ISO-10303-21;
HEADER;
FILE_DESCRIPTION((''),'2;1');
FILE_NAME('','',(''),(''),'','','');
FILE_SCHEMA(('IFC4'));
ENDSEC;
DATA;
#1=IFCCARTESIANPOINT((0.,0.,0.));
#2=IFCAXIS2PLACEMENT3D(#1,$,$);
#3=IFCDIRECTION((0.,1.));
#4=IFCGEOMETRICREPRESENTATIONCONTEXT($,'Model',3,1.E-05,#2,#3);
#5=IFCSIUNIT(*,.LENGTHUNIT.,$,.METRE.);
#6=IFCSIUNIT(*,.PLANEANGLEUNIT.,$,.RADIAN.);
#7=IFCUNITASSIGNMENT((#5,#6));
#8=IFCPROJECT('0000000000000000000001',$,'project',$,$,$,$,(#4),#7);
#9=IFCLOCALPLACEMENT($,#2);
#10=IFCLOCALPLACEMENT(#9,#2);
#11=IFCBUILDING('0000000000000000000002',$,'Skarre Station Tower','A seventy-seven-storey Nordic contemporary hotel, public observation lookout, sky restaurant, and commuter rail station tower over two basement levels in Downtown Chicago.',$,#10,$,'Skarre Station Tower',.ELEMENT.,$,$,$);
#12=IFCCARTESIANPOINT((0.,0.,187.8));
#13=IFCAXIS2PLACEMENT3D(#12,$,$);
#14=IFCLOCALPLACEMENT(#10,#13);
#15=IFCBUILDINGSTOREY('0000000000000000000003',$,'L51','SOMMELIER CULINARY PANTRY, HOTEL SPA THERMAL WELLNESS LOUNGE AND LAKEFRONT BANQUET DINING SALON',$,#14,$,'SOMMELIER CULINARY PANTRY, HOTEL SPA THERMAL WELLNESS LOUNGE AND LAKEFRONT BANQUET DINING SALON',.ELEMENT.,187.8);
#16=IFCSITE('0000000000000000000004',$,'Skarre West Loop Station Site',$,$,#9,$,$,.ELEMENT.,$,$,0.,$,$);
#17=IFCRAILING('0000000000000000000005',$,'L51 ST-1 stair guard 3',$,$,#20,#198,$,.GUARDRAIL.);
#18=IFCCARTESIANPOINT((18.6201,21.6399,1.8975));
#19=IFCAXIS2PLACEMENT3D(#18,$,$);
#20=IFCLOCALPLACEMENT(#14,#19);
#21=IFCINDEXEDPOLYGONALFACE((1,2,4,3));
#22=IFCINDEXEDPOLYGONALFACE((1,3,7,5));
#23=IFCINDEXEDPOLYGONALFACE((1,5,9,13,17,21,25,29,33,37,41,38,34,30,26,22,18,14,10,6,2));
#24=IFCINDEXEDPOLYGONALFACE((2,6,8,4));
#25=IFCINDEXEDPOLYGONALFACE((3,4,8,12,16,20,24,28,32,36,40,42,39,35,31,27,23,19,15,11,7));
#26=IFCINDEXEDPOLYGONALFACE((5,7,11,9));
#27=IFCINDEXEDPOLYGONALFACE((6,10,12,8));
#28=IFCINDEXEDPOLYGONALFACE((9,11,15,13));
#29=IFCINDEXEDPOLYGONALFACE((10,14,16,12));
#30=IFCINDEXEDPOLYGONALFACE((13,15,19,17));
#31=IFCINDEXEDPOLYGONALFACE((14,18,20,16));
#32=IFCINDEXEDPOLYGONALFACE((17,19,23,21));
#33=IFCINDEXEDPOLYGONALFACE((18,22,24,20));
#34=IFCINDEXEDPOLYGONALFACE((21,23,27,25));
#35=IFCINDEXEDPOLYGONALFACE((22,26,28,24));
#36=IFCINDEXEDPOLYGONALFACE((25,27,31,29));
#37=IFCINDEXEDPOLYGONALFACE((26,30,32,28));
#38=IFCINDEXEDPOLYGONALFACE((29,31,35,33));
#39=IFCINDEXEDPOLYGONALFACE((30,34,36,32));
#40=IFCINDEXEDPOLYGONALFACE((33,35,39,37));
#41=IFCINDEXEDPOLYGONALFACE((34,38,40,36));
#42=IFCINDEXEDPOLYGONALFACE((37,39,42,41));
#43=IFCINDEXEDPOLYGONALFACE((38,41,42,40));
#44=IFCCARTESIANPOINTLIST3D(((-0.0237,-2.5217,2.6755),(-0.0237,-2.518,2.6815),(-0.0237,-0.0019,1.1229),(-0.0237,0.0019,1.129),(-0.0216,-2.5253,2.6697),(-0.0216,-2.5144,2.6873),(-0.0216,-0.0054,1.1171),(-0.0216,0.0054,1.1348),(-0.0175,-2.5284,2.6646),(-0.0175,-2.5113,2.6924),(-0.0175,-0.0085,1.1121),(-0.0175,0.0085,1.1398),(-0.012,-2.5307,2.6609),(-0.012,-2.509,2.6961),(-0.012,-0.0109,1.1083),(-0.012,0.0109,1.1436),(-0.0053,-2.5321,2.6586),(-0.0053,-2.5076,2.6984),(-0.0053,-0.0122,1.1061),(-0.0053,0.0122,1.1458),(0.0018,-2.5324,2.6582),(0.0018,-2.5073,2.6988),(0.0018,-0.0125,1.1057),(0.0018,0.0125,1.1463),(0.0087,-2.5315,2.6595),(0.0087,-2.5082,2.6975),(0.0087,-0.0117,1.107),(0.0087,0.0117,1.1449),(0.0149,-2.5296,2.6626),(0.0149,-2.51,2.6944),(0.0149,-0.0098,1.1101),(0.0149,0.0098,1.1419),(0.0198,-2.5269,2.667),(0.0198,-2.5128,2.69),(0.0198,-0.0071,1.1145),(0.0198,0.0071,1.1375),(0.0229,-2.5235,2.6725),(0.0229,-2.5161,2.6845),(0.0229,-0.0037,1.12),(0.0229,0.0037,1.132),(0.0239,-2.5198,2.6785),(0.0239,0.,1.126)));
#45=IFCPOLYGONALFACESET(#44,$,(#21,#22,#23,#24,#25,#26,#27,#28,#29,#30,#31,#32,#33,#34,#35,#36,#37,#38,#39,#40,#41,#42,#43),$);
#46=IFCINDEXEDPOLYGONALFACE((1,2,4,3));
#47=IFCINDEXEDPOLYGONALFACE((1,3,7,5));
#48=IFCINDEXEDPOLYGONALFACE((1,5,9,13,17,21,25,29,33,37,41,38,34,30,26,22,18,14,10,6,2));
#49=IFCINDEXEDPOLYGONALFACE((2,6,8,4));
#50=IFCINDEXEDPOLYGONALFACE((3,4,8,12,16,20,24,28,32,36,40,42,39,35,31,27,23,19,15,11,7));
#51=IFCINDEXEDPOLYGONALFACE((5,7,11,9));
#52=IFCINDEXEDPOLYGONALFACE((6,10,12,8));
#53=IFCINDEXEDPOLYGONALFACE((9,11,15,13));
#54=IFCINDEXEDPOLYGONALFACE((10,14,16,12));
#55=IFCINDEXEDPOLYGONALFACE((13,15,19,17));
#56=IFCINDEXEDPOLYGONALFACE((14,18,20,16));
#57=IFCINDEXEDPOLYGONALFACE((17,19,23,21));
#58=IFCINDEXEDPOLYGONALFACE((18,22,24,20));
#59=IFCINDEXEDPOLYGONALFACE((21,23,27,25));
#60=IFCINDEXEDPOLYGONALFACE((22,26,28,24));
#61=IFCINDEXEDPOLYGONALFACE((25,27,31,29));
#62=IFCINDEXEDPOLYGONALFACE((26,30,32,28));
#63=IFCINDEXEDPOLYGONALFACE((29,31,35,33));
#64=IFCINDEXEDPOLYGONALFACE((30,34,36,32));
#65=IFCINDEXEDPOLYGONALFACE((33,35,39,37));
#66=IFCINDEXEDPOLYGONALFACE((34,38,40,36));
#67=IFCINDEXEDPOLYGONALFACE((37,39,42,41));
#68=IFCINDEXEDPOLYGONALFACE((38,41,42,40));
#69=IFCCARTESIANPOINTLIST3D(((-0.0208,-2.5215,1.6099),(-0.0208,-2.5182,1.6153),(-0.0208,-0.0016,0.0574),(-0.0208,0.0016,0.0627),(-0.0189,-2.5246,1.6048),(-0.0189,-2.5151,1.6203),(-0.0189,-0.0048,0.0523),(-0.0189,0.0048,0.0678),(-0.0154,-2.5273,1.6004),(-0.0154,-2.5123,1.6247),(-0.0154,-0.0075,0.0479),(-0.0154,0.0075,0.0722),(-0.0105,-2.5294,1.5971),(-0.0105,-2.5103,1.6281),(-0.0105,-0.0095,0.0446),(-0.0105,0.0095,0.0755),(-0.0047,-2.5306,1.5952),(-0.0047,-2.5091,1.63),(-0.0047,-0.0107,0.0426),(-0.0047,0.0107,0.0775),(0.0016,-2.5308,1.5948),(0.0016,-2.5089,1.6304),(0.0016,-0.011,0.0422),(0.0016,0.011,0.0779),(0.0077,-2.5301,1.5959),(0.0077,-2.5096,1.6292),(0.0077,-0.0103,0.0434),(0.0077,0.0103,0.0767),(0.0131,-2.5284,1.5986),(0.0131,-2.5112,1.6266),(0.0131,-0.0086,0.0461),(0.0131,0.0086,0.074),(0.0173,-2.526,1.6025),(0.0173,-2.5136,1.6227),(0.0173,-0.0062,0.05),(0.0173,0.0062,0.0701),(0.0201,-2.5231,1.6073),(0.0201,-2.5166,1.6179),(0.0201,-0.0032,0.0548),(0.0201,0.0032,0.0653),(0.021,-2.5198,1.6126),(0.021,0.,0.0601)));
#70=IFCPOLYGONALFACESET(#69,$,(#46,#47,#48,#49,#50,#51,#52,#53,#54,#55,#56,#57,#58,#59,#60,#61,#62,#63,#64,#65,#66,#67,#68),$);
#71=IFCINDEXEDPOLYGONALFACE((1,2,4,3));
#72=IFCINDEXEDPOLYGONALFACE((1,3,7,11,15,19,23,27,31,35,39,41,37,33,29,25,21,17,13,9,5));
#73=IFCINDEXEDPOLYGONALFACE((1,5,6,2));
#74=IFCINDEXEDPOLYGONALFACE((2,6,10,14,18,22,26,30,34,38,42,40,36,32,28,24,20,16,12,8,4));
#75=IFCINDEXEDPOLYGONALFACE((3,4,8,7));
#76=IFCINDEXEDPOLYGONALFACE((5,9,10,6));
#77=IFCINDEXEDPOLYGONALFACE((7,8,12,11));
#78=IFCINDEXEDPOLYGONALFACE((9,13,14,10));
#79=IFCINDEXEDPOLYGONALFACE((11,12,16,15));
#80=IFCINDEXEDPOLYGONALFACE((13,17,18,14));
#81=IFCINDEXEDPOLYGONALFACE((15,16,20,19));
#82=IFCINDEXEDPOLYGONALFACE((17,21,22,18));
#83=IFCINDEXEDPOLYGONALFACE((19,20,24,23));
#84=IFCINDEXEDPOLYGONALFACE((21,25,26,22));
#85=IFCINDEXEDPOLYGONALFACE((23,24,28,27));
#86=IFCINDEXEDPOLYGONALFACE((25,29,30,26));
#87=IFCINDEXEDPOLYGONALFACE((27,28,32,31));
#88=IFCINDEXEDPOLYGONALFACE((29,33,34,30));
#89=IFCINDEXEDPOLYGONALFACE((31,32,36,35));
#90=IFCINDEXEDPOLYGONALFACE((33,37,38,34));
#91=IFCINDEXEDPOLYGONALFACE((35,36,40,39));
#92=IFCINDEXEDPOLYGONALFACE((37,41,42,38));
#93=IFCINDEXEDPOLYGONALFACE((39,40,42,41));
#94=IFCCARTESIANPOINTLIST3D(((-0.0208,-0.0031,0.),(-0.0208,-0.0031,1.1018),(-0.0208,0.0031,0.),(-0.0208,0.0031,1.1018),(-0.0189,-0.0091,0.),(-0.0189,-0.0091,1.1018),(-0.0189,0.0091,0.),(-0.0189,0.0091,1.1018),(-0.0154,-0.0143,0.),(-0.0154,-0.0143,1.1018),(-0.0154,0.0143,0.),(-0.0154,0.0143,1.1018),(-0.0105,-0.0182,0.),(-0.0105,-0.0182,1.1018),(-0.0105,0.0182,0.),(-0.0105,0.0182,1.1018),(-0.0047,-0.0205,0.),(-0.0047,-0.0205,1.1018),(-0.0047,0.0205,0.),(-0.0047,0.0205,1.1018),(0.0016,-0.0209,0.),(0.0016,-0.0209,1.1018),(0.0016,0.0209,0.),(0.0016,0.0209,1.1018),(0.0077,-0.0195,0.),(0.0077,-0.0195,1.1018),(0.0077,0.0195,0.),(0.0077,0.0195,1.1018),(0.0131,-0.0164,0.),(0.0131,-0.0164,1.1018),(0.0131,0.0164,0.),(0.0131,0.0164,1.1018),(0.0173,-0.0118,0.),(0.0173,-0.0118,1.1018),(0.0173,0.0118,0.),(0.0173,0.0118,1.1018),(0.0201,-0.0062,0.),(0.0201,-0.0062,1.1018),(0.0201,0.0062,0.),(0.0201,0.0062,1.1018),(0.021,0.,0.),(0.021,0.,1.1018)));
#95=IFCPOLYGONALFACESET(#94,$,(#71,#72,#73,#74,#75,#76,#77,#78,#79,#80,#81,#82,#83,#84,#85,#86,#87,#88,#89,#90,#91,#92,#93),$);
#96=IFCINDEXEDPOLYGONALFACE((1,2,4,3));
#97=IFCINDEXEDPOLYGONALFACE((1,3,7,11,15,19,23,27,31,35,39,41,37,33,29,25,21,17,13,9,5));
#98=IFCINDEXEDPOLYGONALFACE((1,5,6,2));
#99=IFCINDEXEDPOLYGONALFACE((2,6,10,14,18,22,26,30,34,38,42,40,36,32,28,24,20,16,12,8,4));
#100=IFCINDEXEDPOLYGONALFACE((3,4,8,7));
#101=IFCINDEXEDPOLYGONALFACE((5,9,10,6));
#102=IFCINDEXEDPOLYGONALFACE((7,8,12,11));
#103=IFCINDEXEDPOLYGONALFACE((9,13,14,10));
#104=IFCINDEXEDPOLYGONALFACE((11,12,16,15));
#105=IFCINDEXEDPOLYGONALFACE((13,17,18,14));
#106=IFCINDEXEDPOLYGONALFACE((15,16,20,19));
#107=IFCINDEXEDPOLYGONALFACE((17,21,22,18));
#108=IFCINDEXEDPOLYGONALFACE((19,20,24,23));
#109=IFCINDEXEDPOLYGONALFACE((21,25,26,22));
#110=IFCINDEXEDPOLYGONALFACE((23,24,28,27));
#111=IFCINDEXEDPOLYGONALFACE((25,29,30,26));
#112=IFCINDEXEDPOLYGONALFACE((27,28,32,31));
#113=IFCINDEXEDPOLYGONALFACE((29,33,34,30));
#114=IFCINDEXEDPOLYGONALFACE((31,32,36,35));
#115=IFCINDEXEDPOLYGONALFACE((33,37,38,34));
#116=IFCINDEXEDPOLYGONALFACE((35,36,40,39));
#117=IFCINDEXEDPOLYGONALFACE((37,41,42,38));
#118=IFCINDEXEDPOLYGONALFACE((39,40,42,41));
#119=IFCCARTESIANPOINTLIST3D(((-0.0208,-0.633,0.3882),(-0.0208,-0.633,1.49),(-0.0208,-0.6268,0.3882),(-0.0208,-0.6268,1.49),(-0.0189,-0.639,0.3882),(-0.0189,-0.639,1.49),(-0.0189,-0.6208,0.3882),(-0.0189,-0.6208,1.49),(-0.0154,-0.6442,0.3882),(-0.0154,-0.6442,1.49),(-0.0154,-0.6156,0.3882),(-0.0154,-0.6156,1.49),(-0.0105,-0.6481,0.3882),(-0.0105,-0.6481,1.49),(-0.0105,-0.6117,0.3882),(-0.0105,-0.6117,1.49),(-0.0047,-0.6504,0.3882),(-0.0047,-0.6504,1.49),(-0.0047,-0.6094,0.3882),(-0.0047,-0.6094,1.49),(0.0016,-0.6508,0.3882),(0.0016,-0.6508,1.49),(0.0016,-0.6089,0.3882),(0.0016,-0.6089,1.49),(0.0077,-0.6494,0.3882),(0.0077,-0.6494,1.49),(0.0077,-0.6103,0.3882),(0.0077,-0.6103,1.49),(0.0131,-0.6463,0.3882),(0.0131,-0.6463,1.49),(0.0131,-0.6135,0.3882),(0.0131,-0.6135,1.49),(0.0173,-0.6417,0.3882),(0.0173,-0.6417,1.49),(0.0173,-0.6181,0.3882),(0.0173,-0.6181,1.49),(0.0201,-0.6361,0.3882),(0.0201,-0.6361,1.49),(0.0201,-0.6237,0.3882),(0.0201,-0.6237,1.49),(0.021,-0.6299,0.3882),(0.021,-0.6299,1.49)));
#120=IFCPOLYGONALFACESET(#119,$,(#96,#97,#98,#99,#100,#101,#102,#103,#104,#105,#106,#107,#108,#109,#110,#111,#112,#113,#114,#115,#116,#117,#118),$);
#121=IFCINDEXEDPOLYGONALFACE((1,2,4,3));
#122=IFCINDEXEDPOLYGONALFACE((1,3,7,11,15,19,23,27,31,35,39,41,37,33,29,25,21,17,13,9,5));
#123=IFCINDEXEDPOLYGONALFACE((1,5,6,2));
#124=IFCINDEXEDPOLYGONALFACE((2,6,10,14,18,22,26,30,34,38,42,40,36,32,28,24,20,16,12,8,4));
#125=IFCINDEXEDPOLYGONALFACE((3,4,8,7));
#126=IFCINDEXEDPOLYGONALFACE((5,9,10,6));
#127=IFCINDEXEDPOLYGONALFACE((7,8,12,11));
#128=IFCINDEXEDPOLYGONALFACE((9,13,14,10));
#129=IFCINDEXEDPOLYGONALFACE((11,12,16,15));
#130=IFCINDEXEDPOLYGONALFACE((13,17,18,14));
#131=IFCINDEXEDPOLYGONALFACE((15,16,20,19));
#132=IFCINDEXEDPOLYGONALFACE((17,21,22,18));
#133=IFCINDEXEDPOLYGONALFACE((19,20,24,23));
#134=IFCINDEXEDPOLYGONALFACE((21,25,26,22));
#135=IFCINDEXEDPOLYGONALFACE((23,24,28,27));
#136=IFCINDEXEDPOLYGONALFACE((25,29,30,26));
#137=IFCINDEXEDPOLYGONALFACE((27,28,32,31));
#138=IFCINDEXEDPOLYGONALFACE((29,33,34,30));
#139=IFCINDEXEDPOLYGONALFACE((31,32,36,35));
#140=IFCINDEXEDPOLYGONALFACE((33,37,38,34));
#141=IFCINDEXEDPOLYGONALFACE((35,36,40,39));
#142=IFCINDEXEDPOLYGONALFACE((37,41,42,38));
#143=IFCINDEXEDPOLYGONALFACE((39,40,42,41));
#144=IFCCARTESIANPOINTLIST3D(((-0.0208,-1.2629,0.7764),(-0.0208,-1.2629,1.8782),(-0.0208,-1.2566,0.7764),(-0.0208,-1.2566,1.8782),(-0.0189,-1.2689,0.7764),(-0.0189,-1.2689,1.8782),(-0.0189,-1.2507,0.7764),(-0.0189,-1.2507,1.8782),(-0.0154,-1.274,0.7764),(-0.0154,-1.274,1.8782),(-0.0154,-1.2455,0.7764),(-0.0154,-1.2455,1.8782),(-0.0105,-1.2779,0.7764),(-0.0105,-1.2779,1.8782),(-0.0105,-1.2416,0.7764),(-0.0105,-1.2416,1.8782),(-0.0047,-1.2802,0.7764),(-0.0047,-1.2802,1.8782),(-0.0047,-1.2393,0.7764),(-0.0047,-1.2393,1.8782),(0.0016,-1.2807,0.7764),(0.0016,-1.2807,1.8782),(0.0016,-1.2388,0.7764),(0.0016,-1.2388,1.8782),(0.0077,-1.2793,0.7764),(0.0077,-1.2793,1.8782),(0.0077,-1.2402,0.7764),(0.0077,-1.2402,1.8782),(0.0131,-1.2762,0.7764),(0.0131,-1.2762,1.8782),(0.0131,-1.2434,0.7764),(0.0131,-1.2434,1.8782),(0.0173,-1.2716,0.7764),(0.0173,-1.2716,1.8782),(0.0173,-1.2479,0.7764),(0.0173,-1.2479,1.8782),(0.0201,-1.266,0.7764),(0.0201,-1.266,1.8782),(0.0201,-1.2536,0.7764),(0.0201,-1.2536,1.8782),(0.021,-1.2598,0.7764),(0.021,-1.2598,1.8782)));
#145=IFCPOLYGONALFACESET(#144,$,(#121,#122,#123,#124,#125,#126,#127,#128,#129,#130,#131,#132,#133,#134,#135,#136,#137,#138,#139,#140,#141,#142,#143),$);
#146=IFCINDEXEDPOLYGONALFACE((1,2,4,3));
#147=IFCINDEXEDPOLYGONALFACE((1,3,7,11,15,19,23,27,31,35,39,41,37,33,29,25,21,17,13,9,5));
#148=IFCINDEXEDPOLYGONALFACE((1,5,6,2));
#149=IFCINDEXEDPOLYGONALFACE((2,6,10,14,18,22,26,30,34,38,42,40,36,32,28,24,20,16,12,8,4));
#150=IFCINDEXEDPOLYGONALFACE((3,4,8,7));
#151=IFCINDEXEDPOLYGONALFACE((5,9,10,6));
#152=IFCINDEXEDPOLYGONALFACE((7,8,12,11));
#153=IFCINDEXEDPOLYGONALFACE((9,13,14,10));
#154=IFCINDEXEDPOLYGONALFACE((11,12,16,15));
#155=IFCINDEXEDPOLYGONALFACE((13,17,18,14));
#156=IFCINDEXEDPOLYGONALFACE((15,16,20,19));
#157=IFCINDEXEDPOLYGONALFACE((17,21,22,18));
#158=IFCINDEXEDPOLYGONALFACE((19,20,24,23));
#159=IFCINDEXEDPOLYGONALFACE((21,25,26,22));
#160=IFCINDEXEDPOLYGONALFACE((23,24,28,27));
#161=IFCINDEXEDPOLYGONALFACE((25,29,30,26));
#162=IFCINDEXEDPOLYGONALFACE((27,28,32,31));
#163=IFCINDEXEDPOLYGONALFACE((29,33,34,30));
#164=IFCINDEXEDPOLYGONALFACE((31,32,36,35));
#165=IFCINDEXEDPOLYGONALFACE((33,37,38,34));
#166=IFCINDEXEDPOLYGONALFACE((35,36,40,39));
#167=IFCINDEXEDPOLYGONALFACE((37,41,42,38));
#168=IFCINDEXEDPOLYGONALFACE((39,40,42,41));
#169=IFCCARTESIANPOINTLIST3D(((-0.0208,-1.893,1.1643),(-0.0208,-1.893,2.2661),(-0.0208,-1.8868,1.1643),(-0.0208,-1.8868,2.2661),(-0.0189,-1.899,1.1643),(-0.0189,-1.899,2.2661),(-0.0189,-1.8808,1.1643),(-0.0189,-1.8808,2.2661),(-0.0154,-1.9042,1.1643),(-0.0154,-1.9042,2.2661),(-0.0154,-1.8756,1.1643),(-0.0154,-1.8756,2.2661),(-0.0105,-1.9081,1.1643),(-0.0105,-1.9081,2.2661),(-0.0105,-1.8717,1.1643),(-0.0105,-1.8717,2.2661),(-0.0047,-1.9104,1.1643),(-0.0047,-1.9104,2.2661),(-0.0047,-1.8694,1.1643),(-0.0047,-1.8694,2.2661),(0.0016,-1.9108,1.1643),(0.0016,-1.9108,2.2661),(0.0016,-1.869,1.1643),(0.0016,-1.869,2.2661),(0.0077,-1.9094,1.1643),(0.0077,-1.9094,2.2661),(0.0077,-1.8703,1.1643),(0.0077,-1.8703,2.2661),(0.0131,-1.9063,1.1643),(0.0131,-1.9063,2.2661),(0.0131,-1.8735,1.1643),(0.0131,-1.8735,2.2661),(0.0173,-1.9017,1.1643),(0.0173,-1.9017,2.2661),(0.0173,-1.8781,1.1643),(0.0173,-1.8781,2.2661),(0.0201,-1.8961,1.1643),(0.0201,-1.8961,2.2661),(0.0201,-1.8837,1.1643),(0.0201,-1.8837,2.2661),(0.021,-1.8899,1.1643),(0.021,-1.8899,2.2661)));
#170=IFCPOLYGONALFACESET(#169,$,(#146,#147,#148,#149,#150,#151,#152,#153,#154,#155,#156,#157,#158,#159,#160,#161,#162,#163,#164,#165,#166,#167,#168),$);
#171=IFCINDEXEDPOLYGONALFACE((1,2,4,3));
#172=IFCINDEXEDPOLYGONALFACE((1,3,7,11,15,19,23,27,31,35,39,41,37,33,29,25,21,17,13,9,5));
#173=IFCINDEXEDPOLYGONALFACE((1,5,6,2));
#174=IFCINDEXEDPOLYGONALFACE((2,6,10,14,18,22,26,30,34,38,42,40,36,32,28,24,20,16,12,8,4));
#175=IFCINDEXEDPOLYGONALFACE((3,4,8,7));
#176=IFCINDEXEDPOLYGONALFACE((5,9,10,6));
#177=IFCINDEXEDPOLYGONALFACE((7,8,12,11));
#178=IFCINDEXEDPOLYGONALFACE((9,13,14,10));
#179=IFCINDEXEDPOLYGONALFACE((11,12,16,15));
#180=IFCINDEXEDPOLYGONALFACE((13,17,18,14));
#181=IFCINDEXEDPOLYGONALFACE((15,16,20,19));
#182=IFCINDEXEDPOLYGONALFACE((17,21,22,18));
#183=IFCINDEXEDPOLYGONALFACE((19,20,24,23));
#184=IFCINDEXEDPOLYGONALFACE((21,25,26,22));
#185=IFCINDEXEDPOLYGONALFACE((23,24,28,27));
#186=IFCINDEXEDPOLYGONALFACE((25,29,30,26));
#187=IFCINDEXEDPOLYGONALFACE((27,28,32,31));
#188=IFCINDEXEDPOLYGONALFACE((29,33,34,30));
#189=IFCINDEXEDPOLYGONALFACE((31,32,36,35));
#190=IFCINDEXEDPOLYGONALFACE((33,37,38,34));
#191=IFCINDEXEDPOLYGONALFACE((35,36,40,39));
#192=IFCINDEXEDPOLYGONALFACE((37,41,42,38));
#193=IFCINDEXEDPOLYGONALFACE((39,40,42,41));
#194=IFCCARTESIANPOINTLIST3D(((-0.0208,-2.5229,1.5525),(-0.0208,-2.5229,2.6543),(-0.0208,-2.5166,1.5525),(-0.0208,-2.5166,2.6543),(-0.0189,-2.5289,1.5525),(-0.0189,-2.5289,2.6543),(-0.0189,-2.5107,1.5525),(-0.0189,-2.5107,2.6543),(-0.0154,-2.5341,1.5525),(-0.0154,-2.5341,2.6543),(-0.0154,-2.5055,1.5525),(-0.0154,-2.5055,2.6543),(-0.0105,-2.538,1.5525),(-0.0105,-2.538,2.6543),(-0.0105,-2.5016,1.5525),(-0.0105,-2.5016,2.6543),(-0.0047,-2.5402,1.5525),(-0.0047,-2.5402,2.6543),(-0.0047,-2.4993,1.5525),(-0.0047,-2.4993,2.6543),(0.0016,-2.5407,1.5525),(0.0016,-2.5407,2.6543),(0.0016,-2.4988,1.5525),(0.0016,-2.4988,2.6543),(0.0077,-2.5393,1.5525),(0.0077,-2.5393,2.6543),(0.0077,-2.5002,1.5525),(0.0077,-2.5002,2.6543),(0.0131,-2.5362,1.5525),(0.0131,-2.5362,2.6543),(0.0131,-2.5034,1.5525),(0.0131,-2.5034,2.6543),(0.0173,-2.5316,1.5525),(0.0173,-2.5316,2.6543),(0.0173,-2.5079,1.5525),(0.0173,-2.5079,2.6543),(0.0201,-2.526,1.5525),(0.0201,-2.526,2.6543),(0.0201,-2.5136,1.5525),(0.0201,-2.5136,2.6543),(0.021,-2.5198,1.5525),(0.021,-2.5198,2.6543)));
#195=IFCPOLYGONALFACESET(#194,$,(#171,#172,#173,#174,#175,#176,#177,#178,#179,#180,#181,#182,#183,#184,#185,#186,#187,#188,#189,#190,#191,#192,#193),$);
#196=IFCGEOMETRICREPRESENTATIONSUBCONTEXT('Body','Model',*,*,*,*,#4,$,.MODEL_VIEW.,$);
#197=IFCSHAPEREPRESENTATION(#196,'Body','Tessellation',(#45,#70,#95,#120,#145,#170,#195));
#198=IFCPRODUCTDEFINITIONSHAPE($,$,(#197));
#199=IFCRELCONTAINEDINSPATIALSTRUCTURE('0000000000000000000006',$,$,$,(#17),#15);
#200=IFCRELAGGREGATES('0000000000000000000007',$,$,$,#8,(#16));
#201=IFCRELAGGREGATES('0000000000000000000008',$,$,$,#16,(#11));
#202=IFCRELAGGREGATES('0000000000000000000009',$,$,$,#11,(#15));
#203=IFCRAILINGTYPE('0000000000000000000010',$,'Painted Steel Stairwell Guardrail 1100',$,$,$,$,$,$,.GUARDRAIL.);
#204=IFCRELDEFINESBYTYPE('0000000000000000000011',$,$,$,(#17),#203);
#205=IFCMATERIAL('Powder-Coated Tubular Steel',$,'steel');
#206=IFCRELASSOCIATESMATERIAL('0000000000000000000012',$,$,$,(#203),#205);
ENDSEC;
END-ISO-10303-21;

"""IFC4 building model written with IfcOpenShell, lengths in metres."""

from ifc_helpers import new_model, si_unit, direction, frame, origin, origin_2d, place, context, subcontext, project, spatial, circle, extrude, material, type_object, element, save


model = new_model("IFC4")

# Units and contexts
model_context = context("Model", 3, precision=1e-05, world=origin(), true_north=direction((0.0, 1.0)))
body_context = subcontext(model_context, "Body", "Model", "MODEL_VIEW")
ifc_project = project(units=[si_unit("LENGTHUNIT", "METRE"), si_unit("PLANEANGLEUNIT", "RADIAN")], contexts=[model_context])

# Site, building, storey
site_placement = place(None, origin())
site = spatial("IfcSite", under=ifc_project, at=site_placement, Name="Skarre West Loop Station Site", CompositionType="ELEMENT", RefElevation=0.0)
building_placement = place(site_placement, origin())
building = spatial("IfcBuilding", under=site, at=building_placement, Name="Skarre Station Tower", Description="A seventy-seven-storey Nordic contemporary hotel, public observation lookout, sky restaurant, and commuter rail station tower over two basement levels in Downtown Chicago.", LongName="Skarre Station Tower", CompositionType="ELEMENT")
storey_placement = place(building_placement, frame((0.0, 0.0, 187.8)))
storey = spatial("IfcBuildingStorey", under=building, at=storey_placement, Name="L51", Description="SOMMELIER CULINARY PANTRY, HOTEL SPA THERMAL WELLNESS LOUNGE AND LAKEFRONT BANQUET DINING SALON", LongName="SOMMELIER CULINARY PANTRY, HOTEL SPA THERMAL WELLNESS LOUNGE AND LAKEFRONT BANQUET DINING SALON", CompositionType="ELEMENT", Elevation=187.8)

# Railing
ifc_material_1 = material(Name="Powder-Coated Tubular Steel", Category="steel")
railing_type_1 = type_object("IfcRailingType", Name="Painted Steel Stairwell Guardrail 1100", PredefinedType="GUARDRAIL", material=ifc_material_1)
railing_1_placement = place(storey_placement, frame((18.6201, 21.6399, 1.8975)))
element("IfcRailing", 1, at=railing_1_placement, inside=storey, type_object=railing_type_1, Name="L51 ST-1 stair guard 3", PredefinedType="GUARDRAIL", context=body_context, shape_type="SweptSolid", body=[
    extrude(circle(Radius=0.0239, at=origin_2d()), frame((0.0, 0.0, 1.126), z_axis=(0.0, -0.851378, 0.524553), x_axis=(1.0, 0.0, 0.0)), (0.0, 0.0, 1.0), 2.9597),
    extrude(circle(Radius=0.021, at=origin_2d()), frame((0.0, 0.0, 0.0601), z_axis=(0.0, -0.851378, 0.524553), x_axis=(1.0, 0.0, 0.0)), (0.0, 0.0, 1.0), 2.9597),
    extrude(circle(Radius=0.021, at=origin_2d()), origin(), (0.0, 0.0, 1.0), 1.1018),
    extrude(circle(Radius=0.021, at=origin_2d()), frame((0.0, -0.6299, 0.3882)), (0.0, 0.0, 1.0), 1.1018),
    extrude(circle(Radius=0.021, at=origin_2d()), frame((0.0, -1.2598, 0.7764)), (0.0, 0.0, 1.0), 1.1018),
    extrude(circle(Radius=0.021, at=origin_2d()), frame((0.0, -1.8899, 1.1643)), (0.0, 0.0, 1.0), 1.1018),
    extrude(circle(Radius=0.021, at=origin_2d()), frame((0.0, -2.5198, 1.5525)), (0.0, 0.0, 1.0), 1.1018),
])

save(model, "model.ifc")
